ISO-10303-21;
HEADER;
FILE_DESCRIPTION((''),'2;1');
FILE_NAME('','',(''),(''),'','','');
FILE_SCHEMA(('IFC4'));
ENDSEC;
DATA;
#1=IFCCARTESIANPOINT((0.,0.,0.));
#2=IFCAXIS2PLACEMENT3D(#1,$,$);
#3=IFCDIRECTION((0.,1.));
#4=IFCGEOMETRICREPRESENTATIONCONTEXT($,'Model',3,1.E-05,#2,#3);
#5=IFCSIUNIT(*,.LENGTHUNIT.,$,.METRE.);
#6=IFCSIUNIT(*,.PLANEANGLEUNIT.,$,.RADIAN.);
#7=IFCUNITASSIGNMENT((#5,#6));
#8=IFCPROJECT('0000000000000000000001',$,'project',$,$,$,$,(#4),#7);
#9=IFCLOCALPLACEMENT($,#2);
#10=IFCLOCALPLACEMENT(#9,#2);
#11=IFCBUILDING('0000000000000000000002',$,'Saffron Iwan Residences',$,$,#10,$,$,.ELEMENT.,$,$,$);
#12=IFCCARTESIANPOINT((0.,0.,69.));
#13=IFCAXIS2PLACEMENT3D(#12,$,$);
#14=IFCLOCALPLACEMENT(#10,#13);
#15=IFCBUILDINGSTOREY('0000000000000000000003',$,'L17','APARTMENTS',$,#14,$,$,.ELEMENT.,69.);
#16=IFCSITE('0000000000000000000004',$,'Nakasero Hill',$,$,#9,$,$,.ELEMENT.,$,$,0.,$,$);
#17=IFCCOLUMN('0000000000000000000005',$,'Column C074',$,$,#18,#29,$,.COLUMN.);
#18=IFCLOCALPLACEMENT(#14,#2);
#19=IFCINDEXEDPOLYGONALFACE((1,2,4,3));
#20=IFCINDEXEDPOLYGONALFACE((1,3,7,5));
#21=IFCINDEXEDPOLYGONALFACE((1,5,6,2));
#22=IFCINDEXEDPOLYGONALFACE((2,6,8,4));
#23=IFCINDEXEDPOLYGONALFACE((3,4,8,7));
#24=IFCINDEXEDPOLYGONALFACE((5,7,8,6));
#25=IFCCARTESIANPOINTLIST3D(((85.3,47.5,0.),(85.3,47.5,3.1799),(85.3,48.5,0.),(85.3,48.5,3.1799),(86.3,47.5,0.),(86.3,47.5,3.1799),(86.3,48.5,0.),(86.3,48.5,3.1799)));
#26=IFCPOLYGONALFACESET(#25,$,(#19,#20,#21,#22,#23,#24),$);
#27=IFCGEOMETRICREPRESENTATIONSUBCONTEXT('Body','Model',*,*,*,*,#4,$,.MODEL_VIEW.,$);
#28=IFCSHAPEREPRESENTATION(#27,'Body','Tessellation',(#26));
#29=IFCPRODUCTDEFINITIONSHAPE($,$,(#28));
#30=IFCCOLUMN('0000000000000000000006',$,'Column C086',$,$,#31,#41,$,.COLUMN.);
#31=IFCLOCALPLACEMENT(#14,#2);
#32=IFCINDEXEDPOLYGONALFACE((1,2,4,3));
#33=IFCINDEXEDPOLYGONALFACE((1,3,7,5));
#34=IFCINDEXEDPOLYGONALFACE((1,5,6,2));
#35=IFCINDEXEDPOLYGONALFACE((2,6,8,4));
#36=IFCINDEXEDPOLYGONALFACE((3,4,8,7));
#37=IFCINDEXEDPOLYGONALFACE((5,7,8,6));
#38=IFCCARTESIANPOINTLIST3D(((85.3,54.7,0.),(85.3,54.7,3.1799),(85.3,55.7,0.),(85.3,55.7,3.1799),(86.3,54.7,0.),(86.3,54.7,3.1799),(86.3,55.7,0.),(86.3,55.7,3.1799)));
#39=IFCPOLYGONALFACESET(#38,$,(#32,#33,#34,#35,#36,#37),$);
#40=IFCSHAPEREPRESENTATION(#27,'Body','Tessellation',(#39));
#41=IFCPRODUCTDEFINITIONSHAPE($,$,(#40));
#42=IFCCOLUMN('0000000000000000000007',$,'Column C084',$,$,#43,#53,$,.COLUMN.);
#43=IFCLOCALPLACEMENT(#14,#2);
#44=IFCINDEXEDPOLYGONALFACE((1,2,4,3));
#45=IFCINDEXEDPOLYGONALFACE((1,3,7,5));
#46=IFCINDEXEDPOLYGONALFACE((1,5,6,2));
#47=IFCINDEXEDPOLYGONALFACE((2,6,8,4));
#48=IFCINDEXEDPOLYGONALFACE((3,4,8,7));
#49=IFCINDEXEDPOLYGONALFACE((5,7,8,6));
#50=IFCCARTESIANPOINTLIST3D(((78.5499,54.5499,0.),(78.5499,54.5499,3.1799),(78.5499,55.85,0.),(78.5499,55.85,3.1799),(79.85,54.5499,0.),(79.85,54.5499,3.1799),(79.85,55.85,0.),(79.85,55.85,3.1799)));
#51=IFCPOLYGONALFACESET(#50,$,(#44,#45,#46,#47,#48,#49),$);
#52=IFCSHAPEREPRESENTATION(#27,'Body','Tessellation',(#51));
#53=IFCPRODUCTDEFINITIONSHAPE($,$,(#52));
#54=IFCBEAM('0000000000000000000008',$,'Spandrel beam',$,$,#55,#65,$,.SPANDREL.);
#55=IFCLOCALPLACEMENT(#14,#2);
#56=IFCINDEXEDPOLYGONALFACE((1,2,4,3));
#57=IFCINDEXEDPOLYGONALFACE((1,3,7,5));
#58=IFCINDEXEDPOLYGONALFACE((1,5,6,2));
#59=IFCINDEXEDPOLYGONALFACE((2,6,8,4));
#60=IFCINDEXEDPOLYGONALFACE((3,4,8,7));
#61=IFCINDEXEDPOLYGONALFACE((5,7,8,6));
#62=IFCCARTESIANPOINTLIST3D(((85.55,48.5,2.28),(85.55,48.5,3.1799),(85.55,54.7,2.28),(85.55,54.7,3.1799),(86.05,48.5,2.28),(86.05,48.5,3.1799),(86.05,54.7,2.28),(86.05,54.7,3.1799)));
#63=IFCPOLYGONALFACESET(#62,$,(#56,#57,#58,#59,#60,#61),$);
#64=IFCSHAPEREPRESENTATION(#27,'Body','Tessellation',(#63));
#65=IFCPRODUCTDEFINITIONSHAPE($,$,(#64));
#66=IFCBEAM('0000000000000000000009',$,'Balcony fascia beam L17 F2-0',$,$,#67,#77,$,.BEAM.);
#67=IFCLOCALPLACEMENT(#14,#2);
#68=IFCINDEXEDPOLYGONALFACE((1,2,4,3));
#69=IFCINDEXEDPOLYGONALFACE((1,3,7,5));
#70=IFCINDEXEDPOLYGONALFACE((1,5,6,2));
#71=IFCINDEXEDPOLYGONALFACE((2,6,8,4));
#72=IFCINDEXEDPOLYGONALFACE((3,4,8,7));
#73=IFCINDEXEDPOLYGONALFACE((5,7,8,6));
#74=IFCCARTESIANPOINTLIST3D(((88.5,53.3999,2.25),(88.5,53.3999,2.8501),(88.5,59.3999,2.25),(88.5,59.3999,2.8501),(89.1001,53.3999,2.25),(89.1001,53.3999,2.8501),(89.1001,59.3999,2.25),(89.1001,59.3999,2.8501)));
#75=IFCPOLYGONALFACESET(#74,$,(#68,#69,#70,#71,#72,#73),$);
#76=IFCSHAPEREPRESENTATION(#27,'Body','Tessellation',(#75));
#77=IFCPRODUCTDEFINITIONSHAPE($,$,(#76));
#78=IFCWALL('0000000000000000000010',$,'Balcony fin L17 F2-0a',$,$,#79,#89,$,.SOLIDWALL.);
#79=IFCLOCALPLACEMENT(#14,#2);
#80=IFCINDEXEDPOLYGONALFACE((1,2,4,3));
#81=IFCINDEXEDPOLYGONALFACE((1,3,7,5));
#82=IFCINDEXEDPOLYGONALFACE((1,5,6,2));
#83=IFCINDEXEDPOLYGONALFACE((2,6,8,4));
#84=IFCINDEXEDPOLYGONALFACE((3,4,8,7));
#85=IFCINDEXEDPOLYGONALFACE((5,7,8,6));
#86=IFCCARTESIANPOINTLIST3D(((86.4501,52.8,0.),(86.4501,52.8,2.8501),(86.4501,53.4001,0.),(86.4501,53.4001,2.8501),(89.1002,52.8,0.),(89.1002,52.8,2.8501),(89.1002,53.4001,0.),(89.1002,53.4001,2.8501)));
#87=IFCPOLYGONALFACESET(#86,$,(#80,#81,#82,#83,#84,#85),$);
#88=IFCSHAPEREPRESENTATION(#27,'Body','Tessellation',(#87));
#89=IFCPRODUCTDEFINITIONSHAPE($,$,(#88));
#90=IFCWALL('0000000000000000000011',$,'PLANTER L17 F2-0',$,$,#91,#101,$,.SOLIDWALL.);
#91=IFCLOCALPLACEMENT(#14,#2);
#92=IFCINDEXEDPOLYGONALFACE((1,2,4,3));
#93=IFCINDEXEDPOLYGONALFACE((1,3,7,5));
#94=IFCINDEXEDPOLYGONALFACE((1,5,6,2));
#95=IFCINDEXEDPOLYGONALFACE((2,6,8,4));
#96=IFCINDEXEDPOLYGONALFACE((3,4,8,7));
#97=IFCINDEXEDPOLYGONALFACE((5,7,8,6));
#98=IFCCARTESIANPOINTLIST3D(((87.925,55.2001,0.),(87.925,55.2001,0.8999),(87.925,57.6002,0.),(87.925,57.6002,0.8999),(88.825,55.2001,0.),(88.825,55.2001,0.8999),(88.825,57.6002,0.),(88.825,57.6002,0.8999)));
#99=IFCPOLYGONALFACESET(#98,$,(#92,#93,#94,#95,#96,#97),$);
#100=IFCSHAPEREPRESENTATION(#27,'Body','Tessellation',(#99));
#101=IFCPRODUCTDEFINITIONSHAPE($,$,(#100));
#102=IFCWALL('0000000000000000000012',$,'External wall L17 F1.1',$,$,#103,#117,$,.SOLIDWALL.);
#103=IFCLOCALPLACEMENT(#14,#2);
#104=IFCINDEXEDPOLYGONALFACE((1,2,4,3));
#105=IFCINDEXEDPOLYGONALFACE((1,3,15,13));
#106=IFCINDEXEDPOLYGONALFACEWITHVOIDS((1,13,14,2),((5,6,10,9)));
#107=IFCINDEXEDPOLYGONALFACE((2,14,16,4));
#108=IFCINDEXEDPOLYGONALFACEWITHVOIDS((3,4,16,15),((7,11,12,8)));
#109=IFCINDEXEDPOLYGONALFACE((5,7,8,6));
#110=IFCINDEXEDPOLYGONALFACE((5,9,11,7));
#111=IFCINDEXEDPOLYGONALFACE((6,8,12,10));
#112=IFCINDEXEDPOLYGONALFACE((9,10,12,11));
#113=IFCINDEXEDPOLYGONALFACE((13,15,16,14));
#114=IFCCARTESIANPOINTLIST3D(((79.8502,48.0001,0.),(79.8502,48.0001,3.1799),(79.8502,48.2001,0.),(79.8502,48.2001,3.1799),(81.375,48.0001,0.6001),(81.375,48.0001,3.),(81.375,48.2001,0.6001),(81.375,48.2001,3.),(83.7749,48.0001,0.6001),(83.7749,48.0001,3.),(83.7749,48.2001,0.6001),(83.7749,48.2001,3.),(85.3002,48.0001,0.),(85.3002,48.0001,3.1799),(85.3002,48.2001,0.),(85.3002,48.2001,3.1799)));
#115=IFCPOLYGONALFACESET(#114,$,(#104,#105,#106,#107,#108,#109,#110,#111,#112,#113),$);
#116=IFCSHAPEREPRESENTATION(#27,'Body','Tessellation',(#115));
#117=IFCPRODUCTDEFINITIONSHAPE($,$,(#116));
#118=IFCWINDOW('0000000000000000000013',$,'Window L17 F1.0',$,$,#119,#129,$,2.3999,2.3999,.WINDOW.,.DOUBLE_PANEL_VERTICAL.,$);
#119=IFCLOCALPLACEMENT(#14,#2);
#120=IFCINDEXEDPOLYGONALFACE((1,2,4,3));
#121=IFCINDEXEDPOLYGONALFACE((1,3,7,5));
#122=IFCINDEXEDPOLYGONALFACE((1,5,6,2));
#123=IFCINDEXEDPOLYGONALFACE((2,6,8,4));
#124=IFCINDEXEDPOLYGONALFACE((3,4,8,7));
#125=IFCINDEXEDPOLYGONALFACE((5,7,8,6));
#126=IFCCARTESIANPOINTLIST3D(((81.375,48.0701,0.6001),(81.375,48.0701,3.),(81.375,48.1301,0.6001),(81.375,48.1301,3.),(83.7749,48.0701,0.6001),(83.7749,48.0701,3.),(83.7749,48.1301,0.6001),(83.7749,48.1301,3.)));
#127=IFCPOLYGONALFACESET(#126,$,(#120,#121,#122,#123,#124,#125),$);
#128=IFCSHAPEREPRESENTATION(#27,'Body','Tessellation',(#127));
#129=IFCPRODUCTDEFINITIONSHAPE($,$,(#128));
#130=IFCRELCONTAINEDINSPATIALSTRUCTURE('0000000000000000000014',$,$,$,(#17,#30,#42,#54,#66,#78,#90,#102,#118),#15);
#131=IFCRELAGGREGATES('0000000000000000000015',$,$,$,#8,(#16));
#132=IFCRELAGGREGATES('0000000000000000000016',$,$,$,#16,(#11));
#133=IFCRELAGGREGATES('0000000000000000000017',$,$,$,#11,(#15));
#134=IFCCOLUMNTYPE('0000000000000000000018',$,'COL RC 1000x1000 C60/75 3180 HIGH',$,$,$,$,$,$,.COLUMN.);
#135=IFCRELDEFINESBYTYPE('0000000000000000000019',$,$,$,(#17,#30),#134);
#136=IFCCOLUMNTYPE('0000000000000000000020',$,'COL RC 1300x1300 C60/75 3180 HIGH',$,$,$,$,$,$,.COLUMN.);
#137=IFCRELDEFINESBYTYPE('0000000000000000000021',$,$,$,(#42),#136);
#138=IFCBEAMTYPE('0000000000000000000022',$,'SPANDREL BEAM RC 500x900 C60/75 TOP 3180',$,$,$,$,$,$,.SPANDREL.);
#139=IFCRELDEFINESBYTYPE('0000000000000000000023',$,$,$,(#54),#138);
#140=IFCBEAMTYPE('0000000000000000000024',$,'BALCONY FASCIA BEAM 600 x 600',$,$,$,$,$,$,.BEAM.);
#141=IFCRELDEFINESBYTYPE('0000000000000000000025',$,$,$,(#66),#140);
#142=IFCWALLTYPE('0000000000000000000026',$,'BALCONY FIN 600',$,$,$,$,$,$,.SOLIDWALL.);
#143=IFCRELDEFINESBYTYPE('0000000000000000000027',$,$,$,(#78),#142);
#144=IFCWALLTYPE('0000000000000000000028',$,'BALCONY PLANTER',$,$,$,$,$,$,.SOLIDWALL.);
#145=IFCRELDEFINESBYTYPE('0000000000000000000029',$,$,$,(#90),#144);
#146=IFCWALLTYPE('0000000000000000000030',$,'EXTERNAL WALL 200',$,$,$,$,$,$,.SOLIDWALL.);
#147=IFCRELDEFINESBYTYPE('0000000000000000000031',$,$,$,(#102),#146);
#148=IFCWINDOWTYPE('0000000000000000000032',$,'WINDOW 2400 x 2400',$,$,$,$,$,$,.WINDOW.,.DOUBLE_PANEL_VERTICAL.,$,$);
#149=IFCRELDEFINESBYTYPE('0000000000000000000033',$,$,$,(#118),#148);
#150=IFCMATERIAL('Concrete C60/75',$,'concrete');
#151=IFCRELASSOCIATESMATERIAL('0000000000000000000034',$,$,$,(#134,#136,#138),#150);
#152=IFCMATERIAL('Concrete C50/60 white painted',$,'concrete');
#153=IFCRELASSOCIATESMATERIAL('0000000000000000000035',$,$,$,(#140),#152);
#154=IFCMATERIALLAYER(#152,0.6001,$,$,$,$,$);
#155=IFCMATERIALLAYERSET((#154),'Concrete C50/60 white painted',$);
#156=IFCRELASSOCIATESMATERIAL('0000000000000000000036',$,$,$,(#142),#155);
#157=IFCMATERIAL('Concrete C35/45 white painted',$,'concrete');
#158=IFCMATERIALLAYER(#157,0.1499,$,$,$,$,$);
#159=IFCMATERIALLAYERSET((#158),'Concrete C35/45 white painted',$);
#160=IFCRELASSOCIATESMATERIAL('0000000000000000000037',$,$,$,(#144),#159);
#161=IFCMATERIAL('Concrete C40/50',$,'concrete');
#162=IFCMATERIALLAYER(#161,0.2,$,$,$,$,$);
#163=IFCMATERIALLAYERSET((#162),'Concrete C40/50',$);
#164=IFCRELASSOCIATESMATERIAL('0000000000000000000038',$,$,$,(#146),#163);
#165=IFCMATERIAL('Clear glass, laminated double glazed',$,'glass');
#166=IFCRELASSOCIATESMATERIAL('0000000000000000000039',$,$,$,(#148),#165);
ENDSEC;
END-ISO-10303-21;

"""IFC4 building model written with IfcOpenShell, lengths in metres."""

from ifc_helpers import new_model, si_unit, direction, frame, frame_2d, origin, origin_2d, place, context, subcontext, project, spatial, rectangle, extrude, source, transform, mapped, material, layer, layer_set, material_profile, profile_set, type_object, element, fill, save


model = new_model("IFC4")

# Units and contexts
model_context = context("Model", 3, precision=1e-05, world=origin(), true_north=direction((0.0, 1.0)))
body_context = subcontext(model_context, "Body", "Model", "MODEL_VIEW")
ifc_project = project(units=[si_unit("LENGTHUNIT", "METRE"), si_unit("PLANEANGLEUNIT", "RADIAN")], contexts=[model_context])

# Site, building, storey
site_placement = place(None, origin())
site = spatial("IfcSite", under=ifc_project, at=site_placement, Name="Nakasero Hill", CompositionType="ELEMENT", RefElevation=0.0)
building_placement = place(site_placement, origin())
building = spatial("IfcBuilding", under=site, at=building_placement, Name="Saffron Iwan Residences", CompositionType="ELEMENT")
storey_placement = place(building_placement, frame((0.0, 0.0, 69.0)))
storey = spatial("IfcBuildingStorey", under=building, at=storey_placement, Name="L17", Description="APARTMENTS", CompositionType="ELEMENT", Elevation=69.0)

# Columns
ifc_material_1 = material(Name="Concrete C60/75", Category="concrete")
ifc_material_profile_1 = material_profile(ifc_material_1, rectangle(XDim=1.0, YDim=1.0, at=origin_2d()), Name="RC 1000x1000")
ifc_profile_set_1 = profile_set([ifc_material_profile_1], Name="Concrete C60/75")
column_type_1 = type_object("IfcColumnType", Name="COL RC 1000x1000 C60/75 3180 HIGH", PredefinedType="COLUMN", material=ifc_profile_set_1)
shared_shape_1 = source(origin(), body_context, "Body", "SweptSolid", [
    extrude(rectangle(XDim=1.0, YDim=1.0, at=origin_2d()), origin(), (0.0, 0.0, 1.0), 3.1799),
])
for number, where, z_axis, x_axis, name in (
    (1, (85.8, 48.0, 0.0), (0.0, 0.0, 1.0), (1.0, 0.0, 0.0), "Column C074"),
    (2, (85.8, 55.2, 0.0), (0.0, 0.0, 1.0), (1.0, 0.0, 0.0), "Column C086"),
):
    element("IfcColumn", number, at=place(storey_placement, frame(where, z_axis=z_axis, x_axis=x_axis)), inside=storey, type_object=column_type_1, Name=name, PredefinedType="COLUMN", context=body_context, shape_type="MappedRepresentation", body=[
        mapped(shared_shape_1, transform((0.0, 0.0, 0.0))),
    ])
ifc_material_profile_2 = material_profile(ifc_material_1, rectangle(XDim=1.3, YDim=1.3, at=origin_2d()), Name="RC 1300x1300")
ifc_profile_set_2 = profile_set([ifc_material_profile_2], Name="Concrete C60/75")
column_type_2 = type_object("IfcColumnType", Name="COL RC 1300x1300 C60/75 3180 HIGH", PredefinedType="COLUMN", material=ifc_profile_set_2)
shared_shape_2 = source(origin(), body_context, "Body", "SweptSolid", [
    extrude(rectangle(XDim=1.3, YDim=1.3, at=origin_2d()), origin(), (0.0, 0.0, 1.0), 3.1799),
])
column_placement = place(storey_placement, frame((79.2, 55.2, 0.0), z_axis=(0.0, 0.0, 1.0), x_axis=(1.0, 0.0, 0.0)))
element("IfcColumn", 3, at=column_placement, inside=storey, type_object=column_type_2, Name="Column C084", PredefinedType="COLUMN", context=body_context, shape_type="MappedRepresentation", body=[
    mapped(shared_shape_2, transform((0.0, 0.0, 0.0))),
])

# Beams
ifc_material_profile_3 = material_profile(ifc_material_1, rectangle(XDim=0.5, YDim=0.8999, at=origin_2d()), Name="RC 500x900")
ifc_profile_set_3 = profile_set([ifc_material_profile_3], Name="Concrete C60/75")
beam_type_1 = type_object("IfcBeamType", Name="SPANDREL BEAM RC 500x900 C60/75 TOP 3180", PredefinedType="SPANDREL", material=ifc_profile_set_3)
shared_shape_3 = source(origin(), body_context, "Body", "SweptSolid", [
    extrude(rectangle(XDim=0.5, YDim=0.8999, at=origin_2d()), origin(), (0.0, 0.0, 1.0), 6.2),
])
beam_1_placement = place(storey_placement, frame((85.8, 54.7, 2.73), z_axis=(0.0, -1.0, 0.0), x_axis=(1.0, 0.0, 0.0)))
element("IfcBeam", 4, at=beam_1_placement, inside=storey, type_object=beam_type_1, Name="Spandrel beam", PredefinedType="SPANDREL", context=body_context, shape_type="MappedRepresentation", body=[
    mapped(shared_shape_3, transform((0.0, 0.0, 0.0))),
])
ifc_material_2 = material(Name="Concrete C50/60 white painted", Category="concrete")
ifc_material_profile_4 = material_profile(ifc_material_2, rectangle(XDim=0.6001, YDim=0.6001, at=origin_2d()), Name="BALCONY FASCIA BEAM 600 x 600")
ifc_profile_set_4 = profile_set([ifc_material_profile_4], Name="Concrete C50/60 white painted")
beam_type_2 = type_object("IfcBeamType", Name="BALCONY FASCIA BEAM 600 x 600", PredefinedType="BEAM", material=ifc_profile_set_4)
shared_shape_4 = source(origin(), body_context, "Body", "SweptSolid", [
    extrude(rectangle(XDim=0.6001, YDim=0.6001, at=origin_2d()), origin(), (0.0, 0.0, 1.0), 6.0),
])
beam_2_placement = place(storey_placement, frame((88.8, 53.3999, 2.55), z_axis=(0.0, 1.0, 0.0), x_axis=(-1.0, 0.0, 0.0)))
element("IfcBeam", 5, at=beam_2_placement, inside=storey, type_object=beam_type_2, Name="Balcony fascia beam L17 F2-0", PredefinedType="BEAM", context=body_context, shape_type="MappedRepresentation", body=[
    mapped(shared_shape_4, transform((0.0, 0.0, 0.0))),
])

# Walls
ifc_layer_1 = layer(ifc_material_2, 0.6001)
ifc_layer_set_1 = layer_set([ifc_layer_1], Name="Concrete C50/60 white painted")
wall_type_1 = type_object("IfcWallType", Name="BALCONY FIN 600", PredefinedType="SOLIDWALL", material=ifc_layer_set_1)
wall_1_placement = place(storey_placement, frame((86.45, 53.1001, 0.0), z_axis=(0.0, 0.0, 1.0), x_axis=(1.0, 0.0, 0.0)))
element("IfcWall", 6, at=wall_1_placement, inside=storey, type_object=wall_type_1, Name="Balcony fin L17 F2-0a", PredefinedType="SOLIDWALL", context=body_context, shape_type="SweptSolid", body=[
    extrude(rectangle(XDim=2.6501, YDim=0.6001, at=frame_2d((1.3252, 0.0))), origin(), (0.0, 0.0, 1.0), 2.8501),
])
ifc_material_3 = material(Name="Concrete C35/45 white painted", Category="concrete")
ifc_layer_2 = layer(ifc_material_3, 0.1499)
ifc_layer_set_2 = layer_set([ifc_layer_2], Name="Concrete C35/45 white painted")
wall_type_2 = type_object("IfcWallType", Name="BALCONY PLANTER", PredefinedType="SOLIDWALL", material=ifc_layer_set_2)
wall_2_placement = place(storey_placement, frame((88.375, 55.2, 0.0), z_axis=(0.0, 0.0, 1.0), x_axis=(0.0, 1.0, 0.0)))
element("IfcWall", 7, at=wall_2_placement, inside=storey, type_object=wall_type_2, Name="PLANTER L17 F2-0", PredefinedType="SOLIDWALL", context=body_context, shape_type="SweptSolid", body=[
    extrude(rectangle(XDim=2.4001, YDim=0.8999, at=frame_2d((1.2002, 0.0))), origin(), (0.0, 0.0, 1.0), 0.8999),
])

# Wall, opening, window
ifc_material_4 = material(Name="Concrete C40/50", Category="concrete")
ifc_layer_3 = layer(ifc_material_4, 0.2)
ifc_layer_set_3 = layer_set([ifc_layer_3], Name="Concrete C40/50")
wall_type_3 = type_object("IfcWallType", Name="EXTERNAL WALL 200", PredefinedType="SOLIDWALL", material=ifc_layer_set_3)
wall_3_placement = place(storey_placement, frame((79.8501, 48.1001, 0.0), z_axis=(0.0, 0.0, 1.0), x_axis=(1.0, 0.0, 0.0)))
wall_3 = element("IfcWall", 8, at=wall_3_placement, inside=storey, type_object=wall_type_3, Name="External wall L17 F1.1", PredefinedType="SOLIDWALL", context=body_context, shape_type="SweptSolid", body=[
    extrude(rectangle(XDim=5.45, YDim=0.2, at=frame_2d((2.7251, 0.0))), origin(), (0.0, 0.0, 1.0), 3.1799),
])
opening_1_placement = place(wall_3_placement, frame((1.5249, 0.0, 0.6001)))
opening_1 = element("IfcOpeningElement", 9, at=opening_1_placement, cuts=wall_3, PredefinedType="OPENING", context=body_context, shape_type="SweptSolid", body=[
    extrude(rectangle(XDim=2.3999, YDim=2.3999, at=frame_2d((1.2, 1.2))), frame((0.0, 0.1099, 0.0), z_axis=(0.0, -1.0, 0.0), x_axis=(1.0, 0.0, 0.0)), (0.0, 0.0, 1.0), 0.22),
])
ifc_material_5 = material(Name="Clear glass, laminated double glazed", Category="glass")
window_type_1 = type_object("IfcWindowType", Name="WINDOW 2400 x 2400", PartitioningType="DOUBLE_PANEL_VERTICAL", PredefinedType="WINDOW", material=ifc_material_5)
window_1_placement = place(opening_1_placement, origin())
window_1 = element("IfcWindow", 10, at=window_1_placement, inside=storey, type_object=window_type_1, Name="Window L17 F1.0", OverallHeight=2.3999, OverallWidth=2.3999, PartitioningType="DOUBLE_PANEL_VERTICAL", PredefinedType="WINDOW", context=body_context, shape_type="SweptSolid", body=[
    extrude(rectangle(XDim=2.3999, YDim=2.3999, at=frame_2d((1.2, 1.2))), frame((0.0, 0.03, 0.0), z_axis=(0.0, -1.0, 0.0), x_axis=(1.0, 0.0, 0.0)), (0.0, 0.0, 1.0), 0.0601),
])
fill(opening_1, window_1)

save(model, "model.ifc")
